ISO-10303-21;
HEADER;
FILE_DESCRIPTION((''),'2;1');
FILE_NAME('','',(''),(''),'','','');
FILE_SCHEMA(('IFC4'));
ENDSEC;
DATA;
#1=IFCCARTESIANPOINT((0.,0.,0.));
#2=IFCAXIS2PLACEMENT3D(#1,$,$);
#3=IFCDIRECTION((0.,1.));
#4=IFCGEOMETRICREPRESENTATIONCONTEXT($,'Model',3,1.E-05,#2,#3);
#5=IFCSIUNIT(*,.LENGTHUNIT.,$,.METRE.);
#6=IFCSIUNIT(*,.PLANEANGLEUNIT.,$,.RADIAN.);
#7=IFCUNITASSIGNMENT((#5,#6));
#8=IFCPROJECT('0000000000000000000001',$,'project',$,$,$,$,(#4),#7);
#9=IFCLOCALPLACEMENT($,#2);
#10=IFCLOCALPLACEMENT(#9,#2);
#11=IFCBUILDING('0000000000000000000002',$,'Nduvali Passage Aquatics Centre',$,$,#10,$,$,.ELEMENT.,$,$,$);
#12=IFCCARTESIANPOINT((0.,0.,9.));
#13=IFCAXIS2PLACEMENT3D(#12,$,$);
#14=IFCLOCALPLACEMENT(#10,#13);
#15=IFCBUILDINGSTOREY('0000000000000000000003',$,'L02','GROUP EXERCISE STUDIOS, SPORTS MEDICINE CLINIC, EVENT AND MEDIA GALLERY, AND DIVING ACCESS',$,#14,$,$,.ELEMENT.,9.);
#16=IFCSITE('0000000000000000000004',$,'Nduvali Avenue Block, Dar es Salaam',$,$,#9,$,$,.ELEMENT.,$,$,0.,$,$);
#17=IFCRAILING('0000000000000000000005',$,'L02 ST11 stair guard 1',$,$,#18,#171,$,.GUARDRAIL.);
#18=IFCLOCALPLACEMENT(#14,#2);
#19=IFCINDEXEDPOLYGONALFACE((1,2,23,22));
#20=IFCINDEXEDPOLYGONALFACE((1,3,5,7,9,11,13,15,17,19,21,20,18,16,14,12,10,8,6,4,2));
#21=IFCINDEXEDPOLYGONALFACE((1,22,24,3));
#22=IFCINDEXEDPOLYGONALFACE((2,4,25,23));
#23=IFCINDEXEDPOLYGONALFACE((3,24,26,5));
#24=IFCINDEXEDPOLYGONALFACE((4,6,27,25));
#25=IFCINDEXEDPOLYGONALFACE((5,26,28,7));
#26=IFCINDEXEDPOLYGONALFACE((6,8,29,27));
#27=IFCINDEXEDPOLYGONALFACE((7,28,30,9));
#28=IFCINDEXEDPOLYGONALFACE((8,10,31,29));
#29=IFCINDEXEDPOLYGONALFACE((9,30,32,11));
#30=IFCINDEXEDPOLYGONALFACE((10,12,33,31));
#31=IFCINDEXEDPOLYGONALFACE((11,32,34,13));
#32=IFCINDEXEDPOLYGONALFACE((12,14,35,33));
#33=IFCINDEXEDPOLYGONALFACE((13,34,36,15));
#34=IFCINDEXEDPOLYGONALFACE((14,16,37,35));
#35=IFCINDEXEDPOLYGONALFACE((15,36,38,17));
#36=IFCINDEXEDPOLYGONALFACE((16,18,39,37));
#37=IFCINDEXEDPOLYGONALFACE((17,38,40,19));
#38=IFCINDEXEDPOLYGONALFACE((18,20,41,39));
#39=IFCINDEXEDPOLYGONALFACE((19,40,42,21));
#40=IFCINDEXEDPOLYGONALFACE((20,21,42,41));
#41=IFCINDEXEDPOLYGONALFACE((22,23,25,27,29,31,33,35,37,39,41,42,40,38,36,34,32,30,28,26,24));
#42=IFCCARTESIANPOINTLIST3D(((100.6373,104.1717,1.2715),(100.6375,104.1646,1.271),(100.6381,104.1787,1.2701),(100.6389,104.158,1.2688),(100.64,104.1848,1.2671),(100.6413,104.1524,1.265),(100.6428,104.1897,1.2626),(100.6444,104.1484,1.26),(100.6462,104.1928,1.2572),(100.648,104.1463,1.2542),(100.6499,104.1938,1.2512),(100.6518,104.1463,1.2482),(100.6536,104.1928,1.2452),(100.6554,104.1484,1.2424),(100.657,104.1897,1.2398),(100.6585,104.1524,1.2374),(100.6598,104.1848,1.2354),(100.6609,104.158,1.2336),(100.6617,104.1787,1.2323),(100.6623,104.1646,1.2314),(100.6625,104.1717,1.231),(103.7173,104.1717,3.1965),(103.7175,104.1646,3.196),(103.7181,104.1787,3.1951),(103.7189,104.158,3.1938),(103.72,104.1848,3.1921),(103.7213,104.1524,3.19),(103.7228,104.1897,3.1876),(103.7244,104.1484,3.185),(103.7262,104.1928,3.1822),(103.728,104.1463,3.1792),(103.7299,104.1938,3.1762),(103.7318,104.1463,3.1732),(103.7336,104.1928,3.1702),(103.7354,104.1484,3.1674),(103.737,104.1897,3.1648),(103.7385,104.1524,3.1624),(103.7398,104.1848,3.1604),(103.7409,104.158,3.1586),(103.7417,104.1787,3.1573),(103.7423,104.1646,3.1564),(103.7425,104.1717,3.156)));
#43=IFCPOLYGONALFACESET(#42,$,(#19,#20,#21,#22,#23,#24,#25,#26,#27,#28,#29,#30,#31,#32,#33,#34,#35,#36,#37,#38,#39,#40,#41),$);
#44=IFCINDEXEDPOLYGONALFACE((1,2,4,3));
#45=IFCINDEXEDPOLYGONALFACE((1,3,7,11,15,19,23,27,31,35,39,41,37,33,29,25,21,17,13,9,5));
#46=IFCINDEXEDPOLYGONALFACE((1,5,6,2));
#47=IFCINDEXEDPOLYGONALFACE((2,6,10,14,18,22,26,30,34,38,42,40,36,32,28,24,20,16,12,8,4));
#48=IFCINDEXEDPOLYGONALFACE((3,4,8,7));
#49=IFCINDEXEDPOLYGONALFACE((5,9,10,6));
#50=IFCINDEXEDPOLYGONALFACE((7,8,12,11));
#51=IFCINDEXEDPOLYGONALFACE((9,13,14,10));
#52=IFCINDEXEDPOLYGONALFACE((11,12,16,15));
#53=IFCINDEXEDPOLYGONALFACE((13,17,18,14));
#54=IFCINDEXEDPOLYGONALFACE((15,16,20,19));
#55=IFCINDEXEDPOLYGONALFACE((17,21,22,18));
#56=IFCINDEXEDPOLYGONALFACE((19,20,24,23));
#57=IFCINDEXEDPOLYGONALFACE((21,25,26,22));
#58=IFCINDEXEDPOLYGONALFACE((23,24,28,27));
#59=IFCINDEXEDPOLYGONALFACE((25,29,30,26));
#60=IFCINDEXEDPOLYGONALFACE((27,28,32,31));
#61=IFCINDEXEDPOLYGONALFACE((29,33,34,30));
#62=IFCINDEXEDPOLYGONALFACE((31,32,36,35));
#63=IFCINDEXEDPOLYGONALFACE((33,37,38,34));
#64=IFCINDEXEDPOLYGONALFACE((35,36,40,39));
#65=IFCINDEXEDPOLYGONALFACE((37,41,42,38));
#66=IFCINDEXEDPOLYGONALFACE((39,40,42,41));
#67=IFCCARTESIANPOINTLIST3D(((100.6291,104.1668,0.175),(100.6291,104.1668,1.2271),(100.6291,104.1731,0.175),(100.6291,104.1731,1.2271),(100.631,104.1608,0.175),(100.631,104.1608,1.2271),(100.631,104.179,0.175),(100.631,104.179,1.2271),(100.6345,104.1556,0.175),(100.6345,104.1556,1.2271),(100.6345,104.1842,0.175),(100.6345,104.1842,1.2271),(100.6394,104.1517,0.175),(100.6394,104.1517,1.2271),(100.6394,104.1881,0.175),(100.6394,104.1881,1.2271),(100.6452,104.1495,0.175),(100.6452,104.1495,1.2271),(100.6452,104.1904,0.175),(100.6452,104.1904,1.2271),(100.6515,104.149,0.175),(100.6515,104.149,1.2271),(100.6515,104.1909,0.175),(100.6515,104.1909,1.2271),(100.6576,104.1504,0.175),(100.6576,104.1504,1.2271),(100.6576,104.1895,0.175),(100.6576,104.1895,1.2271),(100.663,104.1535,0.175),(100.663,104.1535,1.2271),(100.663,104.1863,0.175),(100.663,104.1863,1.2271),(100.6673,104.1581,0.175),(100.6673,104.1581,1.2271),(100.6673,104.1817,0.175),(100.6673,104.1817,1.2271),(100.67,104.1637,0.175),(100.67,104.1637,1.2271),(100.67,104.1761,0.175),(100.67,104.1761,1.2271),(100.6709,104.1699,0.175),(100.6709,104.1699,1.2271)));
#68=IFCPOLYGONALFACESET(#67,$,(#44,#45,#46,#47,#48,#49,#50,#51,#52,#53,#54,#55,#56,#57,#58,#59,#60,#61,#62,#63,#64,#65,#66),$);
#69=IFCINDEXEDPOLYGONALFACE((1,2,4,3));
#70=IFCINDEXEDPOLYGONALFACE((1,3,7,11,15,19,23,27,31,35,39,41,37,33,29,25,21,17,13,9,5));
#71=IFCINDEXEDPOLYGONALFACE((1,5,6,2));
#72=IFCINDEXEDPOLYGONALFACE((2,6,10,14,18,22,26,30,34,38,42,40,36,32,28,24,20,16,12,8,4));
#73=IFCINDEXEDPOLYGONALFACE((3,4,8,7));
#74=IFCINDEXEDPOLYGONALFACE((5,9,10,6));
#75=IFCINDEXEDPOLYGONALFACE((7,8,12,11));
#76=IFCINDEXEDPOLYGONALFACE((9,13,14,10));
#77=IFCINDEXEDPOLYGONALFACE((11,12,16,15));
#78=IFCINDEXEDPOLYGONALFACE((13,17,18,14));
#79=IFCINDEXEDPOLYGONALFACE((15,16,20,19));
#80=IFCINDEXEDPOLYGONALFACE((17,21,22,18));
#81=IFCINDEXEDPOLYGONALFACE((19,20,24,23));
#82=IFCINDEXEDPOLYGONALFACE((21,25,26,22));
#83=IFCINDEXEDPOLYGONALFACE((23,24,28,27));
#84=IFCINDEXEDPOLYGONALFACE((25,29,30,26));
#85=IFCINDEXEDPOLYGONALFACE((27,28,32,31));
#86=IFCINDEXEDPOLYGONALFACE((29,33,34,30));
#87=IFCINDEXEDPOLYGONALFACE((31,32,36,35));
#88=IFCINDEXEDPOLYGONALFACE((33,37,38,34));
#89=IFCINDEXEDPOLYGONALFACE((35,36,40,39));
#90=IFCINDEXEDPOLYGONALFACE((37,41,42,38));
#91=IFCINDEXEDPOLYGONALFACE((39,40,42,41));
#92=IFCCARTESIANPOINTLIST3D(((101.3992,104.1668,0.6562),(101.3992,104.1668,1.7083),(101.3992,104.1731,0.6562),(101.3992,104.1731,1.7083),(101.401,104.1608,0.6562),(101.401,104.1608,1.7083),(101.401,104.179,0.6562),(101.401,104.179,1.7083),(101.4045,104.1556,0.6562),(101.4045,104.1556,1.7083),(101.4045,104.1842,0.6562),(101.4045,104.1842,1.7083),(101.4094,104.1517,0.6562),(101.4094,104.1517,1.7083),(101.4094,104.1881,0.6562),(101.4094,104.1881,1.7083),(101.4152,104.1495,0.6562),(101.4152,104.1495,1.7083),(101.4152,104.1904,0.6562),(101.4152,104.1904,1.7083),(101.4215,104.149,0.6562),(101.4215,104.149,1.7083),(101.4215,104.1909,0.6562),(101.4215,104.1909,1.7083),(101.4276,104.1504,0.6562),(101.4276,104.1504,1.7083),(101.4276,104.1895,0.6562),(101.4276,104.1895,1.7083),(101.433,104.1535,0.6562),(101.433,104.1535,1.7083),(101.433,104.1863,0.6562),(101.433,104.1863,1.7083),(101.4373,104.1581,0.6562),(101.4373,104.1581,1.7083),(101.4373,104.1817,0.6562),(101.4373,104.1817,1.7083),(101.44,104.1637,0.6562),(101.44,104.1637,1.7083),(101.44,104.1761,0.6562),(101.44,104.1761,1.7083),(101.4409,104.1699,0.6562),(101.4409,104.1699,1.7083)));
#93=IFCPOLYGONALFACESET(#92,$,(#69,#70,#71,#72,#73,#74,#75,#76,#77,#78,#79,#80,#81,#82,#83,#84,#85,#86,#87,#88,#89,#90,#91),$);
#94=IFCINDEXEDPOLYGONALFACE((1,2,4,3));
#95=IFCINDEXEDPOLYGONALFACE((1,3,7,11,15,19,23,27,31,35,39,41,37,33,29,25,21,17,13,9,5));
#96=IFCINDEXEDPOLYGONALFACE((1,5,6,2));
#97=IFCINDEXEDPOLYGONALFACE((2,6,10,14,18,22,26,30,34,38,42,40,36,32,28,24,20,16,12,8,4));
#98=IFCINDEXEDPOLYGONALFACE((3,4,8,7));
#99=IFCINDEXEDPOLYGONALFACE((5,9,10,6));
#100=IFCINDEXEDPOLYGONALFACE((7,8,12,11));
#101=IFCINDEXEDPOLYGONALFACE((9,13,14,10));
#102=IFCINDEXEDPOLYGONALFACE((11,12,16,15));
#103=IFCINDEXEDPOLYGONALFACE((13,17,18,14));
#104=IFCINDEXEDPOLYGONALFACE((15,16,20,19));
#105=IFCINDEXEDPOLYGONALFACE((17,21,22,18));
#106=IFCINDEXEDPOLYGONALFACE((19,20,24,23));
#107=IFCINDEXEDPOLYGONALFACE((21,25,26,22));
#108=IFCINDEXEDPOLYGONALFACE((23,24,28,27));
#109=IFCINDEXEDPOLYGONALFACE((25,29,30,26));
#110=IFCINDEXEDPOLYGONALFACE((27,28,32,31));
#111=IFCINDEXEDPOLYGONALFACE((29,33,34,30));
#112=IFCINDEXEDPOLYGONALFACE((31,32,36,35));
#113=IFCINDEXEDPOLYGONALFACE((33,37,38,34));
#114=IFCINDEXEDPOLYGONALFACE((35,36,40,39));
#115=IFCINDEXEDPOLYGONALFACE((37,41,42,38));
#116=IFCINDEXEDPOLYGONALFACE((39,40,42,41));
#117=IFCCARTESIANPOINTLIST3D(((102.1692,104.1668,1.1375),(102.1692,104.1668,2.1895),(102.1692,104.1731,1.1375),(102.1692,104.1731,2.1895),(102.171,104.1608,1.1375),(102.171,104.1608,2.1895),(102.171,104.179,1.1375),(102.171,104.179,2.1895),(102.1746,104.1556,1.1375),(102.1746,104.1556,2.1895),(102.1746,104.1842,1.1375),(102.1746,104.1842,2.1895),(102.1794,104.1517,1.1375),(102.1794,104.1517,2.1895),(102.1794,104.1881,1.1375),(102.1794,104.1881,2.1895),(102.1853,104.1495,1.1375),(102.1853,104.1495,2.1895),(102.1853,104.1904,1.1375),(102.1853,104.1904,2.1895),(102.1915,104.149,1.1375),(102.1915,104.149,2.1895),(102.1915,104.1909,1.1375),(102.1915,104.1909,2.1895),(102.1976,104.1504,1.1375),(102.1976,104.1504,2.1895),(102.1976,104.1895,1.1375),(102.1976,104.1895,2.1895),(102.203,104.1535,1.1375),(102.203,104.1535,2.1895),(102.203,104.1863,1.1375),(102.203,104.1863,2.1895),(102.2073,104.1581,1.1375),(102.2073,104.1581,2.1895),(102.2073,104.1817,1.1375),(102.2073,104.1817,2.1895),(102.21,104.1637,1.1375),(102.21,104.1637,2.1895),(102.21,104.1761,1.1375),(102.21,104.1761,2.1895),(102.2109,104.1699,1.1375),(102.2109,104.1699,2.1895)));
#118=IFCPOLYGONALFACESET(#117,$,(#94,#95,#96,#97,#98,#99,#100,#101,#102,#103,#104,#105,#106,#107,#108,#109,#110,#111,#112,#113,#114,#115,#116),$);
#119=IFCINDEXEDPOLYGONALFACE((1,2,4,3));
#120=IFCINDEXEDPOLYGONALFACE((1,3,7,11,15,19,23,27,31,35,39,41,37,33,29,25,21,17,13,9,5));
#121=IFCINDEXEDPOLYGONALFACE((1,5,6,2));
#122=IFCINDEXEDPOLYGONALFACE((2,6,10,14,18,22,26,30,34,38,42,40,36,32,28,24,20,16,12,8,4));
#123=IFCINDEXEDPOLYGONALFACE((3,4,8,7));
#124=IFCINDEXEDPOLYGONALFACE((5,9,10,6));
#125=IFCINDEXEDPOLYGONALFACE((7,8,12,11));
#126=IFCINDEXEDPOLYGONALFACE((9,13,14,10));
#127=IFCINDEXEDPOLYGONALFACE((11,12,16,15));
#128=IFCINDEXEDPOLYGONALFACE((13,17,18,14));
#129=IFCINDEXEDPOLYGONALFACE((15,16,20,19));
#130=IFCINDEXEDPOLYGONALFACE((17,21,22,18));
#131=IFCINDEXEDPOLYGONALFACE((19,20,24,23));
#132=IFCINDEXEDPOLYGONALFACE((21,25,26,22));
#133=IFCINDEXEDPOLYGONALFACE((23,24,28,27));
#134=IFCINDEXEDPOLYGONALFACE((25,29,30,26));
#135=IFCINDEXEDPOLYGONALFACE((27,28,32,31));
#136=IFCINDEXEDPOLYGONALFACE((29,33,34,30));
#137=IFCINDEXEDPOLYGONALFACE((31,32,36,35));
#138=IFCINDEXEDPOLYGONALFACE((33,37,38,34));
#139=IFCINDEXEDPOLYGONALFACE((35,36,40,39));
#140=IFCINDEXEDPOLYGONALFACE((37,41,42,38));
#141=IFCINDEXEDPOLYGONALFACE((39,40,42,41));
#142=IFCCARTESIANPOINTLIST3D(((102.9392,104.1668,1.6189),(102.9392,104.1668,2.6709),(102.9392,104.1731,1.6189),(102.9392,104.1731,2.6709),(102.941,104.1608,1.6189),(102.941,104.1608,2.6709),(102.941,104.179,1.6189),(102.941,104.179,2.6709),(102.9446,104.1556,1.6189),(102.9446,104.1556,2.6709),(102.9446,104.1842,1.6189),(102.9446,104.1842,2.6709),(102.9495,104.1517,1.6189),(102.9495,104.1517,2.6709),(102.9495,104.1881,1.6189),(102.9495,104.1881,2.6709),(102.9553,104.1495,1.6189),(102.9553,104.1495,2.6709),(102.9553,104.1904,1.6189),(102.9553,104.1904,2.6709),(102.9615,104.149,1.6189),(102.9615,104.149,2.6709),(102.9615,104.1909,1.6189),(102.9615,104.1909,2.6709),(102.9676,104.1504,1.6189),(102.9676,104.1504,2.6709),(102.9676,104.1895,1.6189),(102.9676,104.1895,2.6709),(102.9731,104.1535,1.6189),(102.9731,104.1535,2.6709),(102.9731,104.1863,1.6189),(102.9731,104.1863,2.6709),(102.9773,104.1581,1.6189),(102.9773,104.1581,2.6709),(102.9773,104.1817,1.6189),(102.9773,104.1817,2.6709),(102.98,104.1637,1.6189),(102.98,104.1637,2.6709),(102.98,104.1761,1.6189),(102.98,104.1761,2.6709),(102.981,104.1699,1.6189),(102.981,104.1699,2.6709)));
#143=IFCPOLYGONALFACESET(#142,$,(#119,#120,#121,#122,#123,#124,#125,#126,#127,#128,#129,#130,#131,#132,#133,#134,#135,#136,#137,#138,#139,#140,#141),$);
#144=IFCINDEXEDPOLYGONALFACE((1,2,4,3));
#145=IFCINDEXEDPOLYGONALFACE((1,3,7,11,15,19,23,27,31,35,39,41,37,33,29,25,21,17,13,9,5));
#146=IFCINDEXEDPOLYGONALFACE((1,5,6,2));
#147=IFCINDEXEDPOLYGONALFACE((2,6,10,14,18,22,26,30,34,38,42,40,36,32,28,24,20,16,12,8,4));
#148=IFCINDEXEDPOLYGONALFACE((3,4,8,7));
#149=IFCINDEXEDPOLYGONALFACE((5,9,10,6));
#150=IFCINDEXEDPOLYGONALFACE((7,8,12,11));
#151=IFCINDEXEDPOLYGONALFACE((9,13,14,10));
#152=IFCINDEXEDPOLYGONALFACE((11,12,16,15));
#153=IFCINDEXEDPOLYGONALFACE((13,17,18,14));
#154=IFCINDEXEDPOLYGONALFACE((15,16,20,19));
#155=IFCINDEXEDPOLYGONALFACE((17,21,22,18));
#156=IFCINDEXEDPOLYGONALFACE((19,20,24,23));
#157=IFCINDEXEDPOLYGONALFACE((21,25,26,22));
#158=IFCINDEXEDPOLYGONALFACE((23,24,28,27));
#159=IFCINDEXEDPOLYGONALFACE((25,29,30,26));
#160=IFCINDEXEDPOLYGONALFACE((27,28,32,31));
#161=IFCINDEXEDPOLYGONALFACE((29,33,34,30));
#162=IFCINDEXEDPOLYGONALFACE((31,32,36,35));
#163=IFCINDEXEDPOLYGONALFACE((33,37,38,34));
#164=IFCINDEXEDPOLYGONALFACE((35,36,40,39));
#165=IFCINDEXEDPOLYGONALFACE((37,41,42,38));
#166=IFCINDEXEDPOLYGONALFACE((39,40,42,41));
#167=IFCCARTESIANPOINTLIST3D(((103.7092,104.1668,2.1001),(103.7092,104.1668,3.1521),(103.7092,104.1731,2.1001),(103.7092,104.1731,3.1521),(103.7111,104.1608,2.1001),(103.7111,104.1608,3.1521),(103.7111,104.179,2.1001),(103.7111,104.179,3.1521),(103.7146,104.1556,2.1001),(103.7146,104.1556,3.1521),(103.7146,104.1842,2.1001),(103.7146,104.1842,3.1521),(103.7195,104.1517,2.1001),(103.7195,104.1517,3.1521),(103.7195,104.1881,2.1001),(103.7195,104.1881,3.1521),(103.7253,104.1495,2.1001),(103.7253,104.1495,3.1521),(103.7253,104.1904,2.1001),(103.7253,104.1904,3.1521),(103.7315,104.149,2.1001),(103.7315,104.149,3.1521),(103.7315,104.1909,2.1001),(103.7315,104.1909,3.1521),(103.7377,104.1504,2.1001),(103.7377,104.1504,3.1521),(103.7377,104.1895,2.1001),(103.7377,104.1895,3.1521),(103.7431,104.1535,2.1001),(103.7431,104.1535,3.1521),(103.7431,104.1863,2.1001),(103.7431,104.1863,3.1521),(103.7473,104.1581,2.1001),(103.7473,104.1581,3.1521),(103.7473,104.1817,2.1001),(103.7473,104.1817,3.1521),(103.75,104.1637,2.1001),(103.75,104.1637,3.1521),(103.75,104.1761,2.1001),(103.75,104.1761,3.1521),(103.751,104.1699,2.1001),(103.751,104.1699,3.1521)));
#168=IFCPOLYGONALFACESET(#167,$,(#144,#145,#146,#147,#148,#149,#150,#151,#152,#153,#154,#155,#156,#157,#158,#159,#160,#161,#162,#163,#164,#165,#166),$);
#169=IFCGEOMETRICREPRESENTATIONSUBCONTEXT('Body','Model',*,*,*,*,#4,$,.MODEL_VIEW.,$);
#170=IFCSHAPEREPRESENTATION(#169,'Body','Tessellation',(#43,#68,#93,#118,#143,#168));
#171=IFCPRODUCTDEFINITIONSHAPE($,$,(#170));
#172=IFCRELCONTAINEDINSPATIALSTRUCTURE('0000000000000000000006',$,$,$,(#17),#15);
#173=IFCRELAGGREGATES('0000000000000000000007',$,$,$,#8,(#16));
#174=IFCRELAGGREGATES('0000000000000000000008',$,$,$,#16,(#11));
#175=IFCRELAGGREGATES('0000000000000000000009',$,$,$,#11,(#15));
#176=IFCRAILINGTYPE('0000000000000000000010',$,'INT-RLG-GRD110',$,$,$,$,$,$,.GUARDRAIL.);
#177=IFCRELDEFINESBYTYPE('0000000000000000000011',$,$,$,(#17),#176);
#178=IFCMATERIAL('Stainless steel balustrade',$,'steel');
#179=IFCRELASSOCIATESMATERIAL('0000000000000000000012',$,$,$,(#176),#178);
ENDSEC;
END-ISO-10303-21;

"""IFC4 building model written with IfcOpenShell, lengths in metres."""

from ifc_helpers import new_model, si_unit, direction, frame, origin, origin_2d, place, context, subcontext, project, spatial, circle, extrude, material, type_object, element, save


model = new_model("IFC4")

# Units and contexts
model_context = context("Model", 3, precision=1e-05, world=origin(), true_north=direction((0.0, 1.0)))
body_context = subcontext(model_context, "Body", "Model", "MODEL_VIEW")
ifc_project = project(units=[si_unit("LENGTHUNIT", "METRE"), si_unit("PLANEANGLEUNIT", "RADIAN")], contexts=[model_context])

# Site, building, storey
site_placement = place(None, origin())
site = spatial("IfcSite", under=ifc_project, at=site_placement, Name="Nduvali Avenue Block, Dar es Salaam", CompositionType="ELEMENT", RefElevation=0.0)
building_placement = place(site_placement, origin())
building = spatial("IfcBuilding", under=site, at=building_placement, Name="Nduvali Passage Aquatics Centre", CompositionType="ELEMENT")
storey_placement = place(building_placement, frame((0.0, 0.0, 9.0)))
storey = spatial("IfcBuildingStorey", under=building, at=storey_placement, Name="L02", Description="GROUP EXERCISE STUDIOS, SPORTS MEDICINE CLINIC, EVENT AND MEDIA GALLERY, AND DIVING ACCESS", CompositionType="ELEMENT", Elevation=9.0)

# Railing
ifc_material_1 = material(Name="Stainless steel balustrade", Category="steel")
railing_type_1 = type_object("IfcRailingType", Name="INT-RLG-GRD110", PredefinedType="GUARDRAIL", material=ifc_material_1)
railing_1_placement = place(storey_placement, frame((100.6499, 104.1699, 0.175)))
element("IfcRailing", 1, at=railing_1_placement, inside=storey, type_object=railing_type_1, Name="L02 ST11 stair guard 1", PredefinedType="GUARDRAIL", context=body_context, shape_type="SweptSolid", body=[
    extrude(circle(Radius=0.0239, at=origin_2d()), frame((0.0, 0.0, 1.0762), z_axis=(0.847998, 0.0, 0.529999), x_axis=(0.0, 1.0, 0.0)), (0.0, 0.0, 1.0), 3.6321),
    extrude(circle(Radius=0.021, at=origin_2d()), origin(), (0.0, 0.0, 1.0), 1.052),
    extrude(circle(Radius=0.021, at=origin_2d()), frame((0.77, 0.0, 0.4812)), (0.0, 0.0, 1.0), 1.052),
    extrude(circle(Radius=0.021, at=origin_2d()), frame((1.54, 0.0, 0.9624)), (0.0, 0.0, 1.0), 1.052),
    extrude(circle(Radius=0.021, at=origin_2d()), frame((2.3101, 0.0, 1.4438)), (0.0, 0.0, 1.0), 1.052),
    extrude(circle(Radius=0.021, at=origin_2d()), frame((3.0801, 0.0, 1.925)), (0.0, 0.0, 1.0), 1.052),
])

save(model, "model.ifc")
